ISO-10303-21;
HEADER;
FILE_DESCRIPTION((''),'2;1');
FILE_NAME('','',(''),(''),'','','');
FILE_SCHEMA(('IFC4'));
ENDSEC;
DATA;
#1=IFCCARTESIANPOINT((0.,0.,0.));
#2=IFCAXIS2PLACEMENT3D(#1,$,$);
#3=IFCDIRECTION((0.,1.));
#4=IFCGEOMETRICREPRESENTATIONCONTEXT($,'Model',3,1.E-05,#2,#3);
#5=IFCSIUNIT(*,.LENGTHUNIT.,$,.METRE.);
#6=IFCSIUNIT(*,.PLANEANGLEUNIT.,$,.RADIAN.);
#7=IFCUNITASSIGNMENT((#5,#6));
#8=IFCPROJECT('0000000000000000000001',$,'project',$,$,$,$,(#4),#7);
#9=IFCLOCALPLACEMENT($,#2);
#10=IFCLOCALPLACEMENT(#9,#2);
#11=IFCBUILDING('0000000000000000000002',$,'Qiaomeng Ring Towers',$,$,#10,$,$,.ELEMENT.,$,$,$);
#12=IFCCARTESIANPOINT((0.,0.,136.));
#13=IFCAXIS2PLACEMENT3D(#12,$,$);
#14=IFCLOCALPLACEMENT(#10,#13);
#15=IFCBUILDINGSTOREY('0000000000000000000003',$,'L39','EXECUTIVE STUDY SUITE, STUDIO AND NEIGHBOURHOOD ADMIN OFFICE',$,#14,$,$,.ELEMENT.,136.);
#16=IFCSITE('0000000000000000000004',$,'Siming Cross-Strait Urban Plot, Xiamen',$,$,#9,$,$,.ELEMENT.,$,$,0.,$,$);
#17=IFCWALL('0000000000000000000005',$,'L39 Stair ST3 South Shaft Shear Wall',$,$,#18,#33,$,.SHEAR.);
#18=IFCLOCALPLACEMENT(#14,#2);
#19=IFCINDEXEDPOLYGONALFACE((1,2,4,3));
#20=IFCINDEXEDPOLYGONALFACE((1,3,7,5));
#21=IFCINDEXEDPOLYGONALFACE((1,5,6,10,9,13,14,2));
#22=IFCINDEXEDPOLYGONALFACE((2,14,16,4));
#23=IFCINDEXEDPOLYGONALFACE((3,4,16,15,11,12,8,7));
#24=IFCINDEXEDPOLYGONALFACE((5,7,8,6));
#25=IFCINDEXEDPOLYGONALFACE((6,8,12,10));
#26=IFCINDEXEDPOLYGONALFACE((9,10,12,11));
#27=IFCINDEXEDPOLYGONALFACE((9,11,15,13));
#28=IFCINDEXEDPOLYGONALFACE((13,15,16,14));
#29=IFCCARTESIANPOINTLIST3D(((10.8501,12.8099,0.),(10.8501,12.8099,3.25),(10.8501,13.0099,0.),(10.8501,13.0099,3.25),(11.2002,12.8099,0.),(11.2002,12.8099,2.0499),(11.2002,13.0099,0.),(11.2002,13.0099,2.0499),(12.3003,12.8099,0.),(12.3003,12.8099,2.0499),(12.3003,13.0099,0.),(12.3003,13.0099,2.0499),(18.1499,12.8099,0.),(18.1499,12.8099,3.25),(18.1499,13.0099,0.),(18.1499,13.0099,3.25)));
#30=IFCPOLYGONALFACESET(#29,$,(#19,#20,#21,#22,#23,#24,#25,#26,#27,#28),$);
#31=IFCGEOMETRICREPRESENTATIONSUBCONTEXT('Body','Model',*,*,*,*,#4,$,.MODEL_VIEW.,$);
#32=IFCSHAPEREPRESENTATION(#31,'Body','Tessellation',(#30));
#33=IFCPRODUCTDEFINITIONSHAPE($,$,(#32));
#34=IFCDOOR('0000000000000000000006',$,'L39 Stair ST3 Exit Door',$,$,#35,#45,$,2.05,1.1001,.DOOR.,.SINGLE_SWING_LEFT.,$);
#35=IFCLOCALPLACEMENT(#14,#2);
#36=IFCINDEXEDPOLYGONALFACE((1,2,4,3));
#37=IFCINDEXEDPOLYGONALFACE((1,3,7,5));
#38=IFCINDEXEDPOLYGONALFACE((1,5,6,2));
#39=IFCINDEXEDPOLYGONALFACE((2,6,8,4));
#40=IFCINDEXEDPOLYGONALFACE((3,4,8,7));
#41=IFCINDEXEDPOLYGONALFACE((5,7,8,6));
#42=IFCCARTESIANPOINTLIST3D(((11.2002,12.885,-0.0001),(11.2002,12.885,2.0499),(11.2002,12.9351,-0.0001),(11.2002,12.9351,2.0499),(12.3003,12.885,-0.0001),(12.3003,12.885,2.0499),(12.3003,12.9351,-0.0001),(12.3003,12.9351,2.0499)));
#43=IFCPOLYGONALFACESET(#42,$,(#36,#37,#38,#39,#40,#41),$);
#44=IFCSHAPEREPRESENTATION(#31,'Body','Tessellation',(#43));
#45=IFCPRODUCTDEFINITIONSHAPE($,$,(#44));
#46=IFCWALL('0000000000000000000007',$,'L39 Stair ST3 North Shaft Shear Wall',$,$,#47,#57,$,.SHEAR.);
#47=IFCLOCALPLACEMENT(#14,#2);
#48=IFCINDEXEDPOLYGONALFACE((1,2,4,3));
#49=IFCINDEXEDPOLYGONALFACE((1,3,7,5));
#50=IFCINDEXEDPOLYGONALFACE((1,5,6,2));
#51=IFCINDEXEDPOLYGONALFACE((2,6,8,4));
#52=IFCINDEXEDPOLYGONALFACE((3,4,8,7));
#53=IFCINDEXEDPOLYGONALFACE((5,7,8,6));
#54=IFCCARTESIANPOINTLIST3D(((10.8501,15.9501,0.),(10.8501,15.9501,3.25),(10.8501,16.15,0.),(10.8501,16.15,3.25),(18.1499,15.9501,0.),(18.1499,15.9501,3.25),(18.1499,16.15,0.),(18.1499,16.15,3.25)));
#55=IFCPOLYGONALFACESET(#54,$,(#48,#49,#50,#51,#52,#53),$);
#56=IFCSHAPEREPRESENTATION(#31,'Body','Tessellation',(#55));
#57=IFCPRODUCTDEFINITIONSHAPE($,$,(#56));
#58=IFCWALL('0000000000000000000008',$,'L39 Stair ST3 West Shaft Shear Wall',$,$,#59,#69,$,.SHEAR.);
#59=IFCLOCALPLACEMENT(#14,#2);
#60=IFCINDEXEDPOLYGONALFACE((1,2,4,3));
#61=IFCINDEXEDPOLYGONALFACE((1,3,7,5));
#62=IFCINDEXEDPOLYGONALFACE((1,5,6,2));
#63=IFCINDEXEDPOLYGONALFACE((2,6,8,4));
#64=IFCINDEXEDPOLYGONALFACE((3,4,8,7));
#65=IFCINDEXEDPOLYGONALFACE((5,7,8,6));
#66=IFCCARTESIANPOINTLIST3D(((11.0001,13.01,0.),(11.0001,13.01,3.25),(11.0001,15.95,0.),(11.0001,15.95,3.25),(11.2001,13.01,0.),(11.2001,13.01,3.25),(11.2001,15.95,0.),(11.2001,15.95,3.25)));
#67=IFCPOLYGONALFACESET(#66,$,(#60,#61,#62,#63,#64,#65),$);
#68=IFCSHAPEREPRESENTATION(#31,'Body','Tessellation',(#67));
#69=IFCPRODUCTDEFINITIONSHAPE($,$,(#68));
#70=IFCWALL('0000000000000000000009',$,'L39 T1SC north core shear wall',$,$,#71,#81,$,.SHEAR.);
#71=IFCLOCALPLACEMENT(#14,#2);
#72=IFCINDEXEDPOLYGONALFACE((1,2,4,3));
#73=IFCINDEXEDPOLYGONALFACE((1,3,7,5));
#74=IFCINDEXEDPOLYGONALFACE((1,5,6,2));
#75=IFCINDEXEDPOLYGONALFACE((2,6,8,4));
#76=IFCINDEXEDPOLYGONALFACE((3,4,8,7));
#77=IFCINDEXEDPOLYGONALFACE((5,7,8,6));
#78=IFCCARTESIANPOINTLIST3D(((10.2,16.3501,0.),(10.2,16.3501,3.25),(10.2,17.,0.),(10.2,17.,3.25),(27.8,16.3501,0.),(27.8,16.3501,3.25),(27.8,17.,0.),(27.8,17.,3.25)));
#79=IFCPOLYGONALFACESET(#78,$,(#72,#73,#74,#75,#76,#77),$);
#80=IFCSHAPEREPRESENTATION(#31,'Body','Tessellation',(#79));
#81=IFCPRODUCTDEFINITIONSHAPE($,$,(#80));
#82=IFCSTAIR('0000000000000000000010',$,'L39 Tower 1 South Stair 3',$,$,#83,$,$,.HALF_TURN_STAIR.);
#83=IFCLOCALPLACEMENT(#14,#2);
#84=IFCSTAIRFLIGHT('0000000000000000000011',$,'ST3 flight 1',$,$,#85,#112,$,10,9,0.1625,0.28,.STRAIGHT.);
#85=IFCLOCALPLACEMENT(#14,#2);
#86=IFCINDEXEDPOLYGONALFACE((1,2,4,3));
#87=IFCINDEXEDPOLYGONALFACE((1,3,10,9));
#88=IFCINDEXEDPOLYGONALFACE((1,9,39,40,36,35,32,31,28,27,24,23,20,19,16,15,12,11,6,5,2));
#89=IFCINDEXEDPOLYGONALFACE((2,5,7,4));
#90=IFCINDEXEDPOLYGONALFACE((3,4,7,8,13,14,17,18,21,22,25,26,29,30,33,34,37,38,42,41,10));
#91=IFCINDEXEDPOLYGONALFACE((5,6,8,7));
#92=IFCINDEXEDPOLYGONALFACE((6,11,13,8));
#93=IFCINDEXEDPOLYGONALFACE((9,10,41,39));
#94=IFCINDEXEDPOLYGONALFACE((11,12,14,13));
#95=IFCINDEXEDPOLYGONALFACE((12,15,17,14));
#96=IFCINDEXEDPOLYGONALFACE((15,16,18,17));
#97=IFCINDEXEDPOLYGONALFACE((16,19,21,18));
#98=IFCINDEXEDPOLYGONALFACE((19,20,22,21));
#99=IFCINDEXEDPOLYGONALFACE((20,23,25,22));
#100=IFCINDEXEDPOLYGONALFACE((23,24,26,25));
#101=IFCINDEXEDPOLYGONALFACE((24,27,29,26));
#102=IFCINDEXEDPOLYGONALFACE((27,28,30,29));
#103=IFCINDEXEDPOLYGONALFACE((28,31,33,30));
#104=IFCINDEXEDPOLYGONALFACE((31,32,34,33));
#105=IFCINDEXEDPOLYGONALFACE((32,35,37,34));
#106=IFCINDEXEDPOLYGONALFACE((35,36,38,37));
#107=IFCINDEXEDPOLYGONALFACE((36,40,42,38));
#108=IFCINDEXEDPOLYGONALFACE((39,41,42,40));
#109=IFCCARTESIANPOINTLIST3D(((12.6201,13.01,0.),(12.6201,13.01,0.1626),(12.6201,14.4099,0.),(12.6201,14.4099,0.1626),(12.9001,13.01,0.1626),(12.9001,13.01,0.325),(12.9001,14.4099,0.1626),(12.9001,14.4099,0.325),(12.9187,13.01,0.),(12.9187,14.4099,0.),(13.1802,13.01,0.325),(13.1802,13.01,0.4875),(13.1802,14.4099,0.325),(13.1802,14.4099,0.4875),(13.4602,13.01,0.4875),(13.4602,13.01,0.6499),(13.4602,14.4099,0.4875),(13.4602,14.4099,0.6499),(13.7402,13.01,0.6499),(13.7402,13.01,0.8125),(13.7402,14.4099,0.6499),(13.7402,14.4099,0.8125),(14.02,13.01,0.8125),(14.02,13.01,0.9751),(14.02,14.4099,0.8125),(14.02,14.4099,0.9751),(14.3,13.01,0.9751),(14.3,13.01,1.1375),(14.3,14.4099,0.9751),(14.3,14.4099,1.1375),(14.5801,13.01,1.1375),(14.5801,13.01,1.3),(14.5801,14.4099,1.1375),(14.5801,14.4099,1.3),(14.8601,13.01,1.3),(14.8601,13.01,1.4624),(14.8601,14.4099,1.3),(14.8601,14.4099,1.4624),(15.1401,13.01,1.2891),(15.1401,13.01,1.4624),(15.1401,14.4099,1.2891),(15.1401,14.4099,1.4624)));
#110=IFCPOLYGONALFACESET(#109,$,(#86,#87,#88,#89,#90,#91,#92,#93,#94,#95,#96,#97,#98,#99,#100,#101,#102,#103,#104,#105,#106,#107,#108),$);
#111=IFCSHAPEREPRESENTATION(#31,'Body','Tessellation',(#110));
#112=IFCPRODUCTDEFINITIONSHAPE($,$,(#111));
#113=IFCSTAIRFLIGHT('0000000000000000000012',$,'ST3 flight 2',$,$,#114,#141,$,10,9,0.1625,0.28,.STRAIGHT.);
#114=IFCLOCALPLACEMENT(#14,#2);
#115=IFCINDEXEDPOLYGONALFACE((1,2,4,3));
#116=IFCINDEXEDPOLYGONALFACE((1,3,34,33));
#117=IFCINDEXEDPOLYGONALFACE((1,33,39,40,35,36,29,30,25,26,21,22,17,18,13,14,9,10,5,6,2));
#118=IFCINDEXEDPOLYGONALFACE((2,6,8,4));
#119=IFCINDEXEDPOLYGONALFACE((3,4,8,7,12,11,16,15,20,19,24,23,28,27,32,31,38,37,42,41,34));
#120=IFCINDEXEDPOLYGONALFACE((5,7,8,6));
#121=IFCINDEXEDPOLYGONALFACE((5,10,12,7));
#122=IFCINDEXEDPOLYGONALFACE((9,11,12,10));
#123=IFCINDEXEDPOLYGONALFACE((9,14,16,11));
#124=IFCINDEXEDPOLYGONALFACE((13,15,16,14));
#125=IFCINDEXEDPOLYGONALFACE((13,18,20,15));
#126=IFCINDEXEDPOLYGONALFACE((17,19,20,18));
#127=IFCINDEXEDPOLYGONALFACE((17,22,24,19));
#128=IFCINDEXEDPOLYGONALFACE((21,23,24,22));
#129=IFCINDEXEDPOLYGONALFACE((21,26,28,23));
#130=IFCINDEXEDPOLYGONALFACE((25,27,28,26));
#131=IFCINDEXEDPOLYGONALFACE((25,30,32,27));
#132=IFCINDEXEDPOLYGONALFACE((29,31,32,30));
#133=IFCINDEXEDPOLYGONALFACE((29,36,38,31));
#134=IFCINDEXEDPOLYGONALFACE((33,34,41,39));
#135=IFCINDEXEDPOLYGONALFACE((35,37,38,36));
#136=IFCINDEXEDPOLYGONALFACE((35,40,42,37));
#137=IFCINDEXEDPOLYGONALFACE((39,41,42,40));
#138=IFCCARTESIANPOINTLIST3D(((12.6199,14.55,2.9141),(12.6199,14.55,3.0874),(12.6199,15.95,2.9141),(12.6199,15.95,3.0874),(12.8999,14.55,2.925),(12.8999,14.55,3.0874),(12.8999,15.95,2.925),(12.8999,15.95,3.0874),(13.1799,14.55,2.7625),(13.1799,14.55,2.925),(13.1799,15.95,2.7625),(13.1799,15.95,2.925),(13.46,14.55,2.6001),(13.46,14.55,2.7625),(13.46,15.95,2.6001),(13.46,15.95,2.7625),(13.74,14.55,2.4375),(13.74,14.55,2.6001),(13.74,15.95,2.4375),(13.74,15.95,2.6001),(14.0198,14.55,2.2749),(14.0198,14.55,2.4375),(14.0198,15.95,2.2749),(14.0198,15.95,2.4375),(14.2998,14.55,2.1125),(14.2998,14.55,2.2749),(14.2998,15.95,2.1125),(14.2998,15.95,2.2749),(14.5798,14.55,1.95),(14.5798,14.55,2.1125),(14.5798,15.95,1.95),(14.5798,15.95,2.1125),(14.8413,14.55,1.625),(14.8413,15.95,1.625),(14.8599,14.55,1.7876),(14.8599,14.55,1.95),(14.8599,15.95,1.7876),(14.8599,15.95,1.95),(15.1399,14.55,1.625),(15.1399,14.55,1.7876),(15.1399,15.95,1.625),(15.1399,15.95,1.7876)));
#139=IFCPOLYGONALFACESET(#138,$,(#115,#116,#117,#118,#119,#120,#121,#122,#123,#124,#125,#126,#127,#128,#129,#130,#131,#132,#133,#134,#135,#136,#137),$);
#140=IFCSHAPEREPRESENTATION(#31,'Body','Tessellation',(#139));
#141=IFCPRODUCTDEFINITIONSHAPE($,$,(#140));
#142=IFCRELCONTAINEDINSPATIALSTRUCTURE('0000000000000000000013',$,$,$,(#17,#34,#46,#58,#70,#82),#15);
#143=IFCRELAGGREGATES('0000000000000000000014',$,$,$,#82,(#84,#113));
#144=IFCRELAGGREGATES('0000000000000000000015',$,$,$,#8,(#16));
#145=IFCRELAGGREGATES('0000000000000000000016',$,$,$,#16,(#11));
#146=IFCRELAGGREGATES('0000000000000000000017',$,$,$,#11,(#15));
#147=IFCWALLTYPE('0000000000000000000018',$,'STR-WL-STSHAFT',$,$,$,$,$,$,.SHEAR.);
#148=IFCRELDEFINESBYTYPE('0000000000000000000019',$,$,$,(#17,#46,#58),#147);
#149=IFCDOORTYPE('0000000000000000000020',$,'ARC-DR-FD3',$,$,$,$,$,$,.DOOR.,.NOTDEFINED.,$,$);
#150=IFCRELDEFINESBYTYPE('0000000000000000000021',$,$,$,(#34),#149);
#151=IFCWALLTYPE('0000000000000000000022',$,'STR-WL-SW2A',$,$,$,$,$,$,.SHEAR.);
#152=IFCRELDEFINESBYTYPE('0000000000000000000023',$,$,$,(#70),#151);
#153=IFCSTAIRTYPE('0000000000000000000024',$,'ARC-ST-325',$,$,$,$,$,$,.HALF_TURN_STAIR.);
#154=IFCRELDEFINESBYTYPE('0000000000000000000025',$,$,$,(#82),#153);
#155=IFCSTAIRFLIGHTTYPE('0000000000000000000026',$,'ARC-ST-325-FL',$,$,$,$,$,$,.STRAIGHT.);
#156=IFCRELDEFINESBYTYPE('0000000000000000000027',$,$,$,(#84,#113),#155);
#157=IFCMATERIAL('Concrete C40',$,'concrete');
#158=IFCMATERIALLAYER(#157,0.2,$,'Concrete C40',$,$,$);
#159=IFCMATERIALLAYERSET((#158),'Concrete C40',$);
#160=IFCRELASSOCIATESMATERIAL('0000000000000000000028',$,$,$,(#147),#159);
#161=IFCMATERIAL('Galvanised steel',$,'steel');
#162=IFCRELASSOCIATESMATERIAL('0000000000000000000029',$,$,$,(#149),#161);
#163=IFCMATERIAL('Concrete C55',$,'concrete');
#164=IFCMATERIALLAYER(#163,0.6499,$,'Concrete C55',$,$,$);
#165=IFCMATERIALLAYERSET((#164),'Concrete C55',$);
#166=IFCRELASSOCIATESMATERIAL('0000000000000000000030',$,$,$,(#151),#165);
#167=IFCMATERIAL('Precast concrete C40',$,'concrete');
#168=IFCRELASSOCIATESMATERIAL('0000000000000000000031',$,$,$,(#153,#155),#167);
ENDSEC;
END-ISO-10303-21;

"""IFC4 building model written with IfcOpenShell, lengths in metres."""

from ifc_helpers import new_model, si_unit, direction, frame, frame_2d, origin, place, context, subcontext, project, spatial, polyline, rectangle, outline, extrude, source, transform, mapped, material, layer, layer_set, type_object, element, fill, aggregate, save


model = new_model("IFC4")

# Units and contexts
model_context = context("Model", 3, precision=1e-05, world=origin(), true_north=direction((0.0, 1.0)))
body_context = subcontext(model_context, "Body", "Model", "MODEL_VIEW")
ifc_project = project(units=[si_unit("LENGTHUNIT", "METRE"), si_unit("PLANEANGLEUNIT", "RADIAN")], contexts=[model_context])

# Site, building, storey
site_placement = place(None, origin())
site = spatial("IfcSite", under=ifc_project, at=site_placement, Name="Siming Cross-Strait Urban Plot, Xiamen", CompositionType="ELEMENT", RefElevation=0.0)
building_placement = place(site_placement, origin())
building = spatial("IfcBuilding", under=site, at=building_placement, Name="Qiaomeng Ring Towers", CompositionType="ELEMENT")
storey_placement = place(building_placement, frame((0.0, 0.0, 136.0)))
storey = spatial("IfcBuildingStorey", under=building, at=storey_placement, Name="L39", Description="EXECUTIVE STUDY SUITE, STUDIO AND NEIGHBOURHOOD ADMIN OFFICE", CompositionType="ELEMENT", Elevation=136.0)

# Shared definitions
ifc_material_1 = material(Name="Concrete C55", Category="concrete")

# Shared definitions
ifc_material_2 = material(Name="Concrete C40", Category="concrete")
ifc_layer_1 = layer(ifc_material_2, 0.2, Name="Concrete C40")
ifc_layer_set_1 = layer_set([ifc_layer_1], Name="Concrete C40")
wall_type_1 = type_object("IfcWallType", Name="STR-WL-STSHAFT", PredefinedType="SHEAR", material=ifc_layer_set_1)

# Wall, opening, door
wall_1_placement = place(storey_placement, frame((10.8501, 12.9099, 0.0), z_axis=(0.0, 0.0, 1.0), x_axis=(1.0, 0.0, 0.0)))
wall_1 = element("IfcWall", 1, at=wall_1_placement, inside=storey, type_object=wall_type_1, Name="L39 Stair ST3 South Shaft Shear Wall", PredefinedType="SHEAR", context=body_context, shape_type="SweptSolid", body=[
    extrude(rectangle(XDim=7.2998, YDim=0.2, at=frame_2d((3.6499, 0.0))), origin(), (0.0, 0.0, 1.0), 3.25),
])
opening_1_placement = place(wall_1_placement, frame((0.3501, 0.0, 0.0)))
opening_1 = element("IfcOpeningElement", 2, at=opening_1_placement, cuts=wall_1, PredefinedType="OPENING", context=body_context, shape_type="SweptSolid", body=[
    extrude(rectangle(XDim=1.1001, YDim=2.05, at=frame_2d((0.55, 1.0249))), frame((0.0, 0.1099, 0.0), z_axis=(0.0, -1.0, 0.0), x_axis=(1.0, 0.0, 0.0)), (0.0, 0.0, 1.0), 0.22),
])
ifc_material_3 = material(Name="Galvanised steel", Category="steel")
door_type_1 = type_object("IfcDoorType", Name="ARC-DR-FD3", OperationType="NOTDEFINED", PredefinedType="DOOR", material=ifc_material_3)
shared_shape_1 = source(origin(), body_context, "Body", "SweptSolid", [
    extrude(rectangle(XDim=1.1001, YDim=2.05, at=frame_2d((0.55, 1.0249))), frame((0.0, 0.0249, 0.0), z_axis=(0.0, -1.0, 0.0), x_axis=(1.0, 0.0, 0.0)), (0.0, 0.0, 1.0), 0.05),
])
door_1_placement = place(opening_1_placement, frame((1.1001, 0.0, 0.0), z_axis=(0.0, 0.0, 1.0), x_axis=(-1.0, 0.0, 0.0)))
door_1 = element("IfcDoor", 3, at=door_1_placement, inside=storey, type_object=door_type_1, Name="L39 Stair ST3 Exit Door", OperationType="SINGLE_SWING_LEFT", OverallHeight=2.05, OverallWidth=1.1001, PredefinedType="DOOR", context=body_context, shape_type="MappedRepresentation", body=[
    mapped(shared_shape_1, transform((0.0, 0.0, 0.0), x_axis=(1.0, 0.0, 0.0), y_axis=(0.0, 1.0, 0.0), z_axis=(0.0, 0.0, 1.0), scale=1.0)),
])
fill(opening_1, door_1)

# Walls
wall_2_placement = place(storey_placement, frame((10.8501, 16.05, 0.0), z_axis=(0.0, 0.0, 1.0), x_axis=(1.0, 0.0, 0.0)))
element("IfcWall", 4, at=wall_2_placement, inside=storey, type_object=wall_type_1, Name="L39 Stair ST3 North Shaft Shear Wall", PredefinedType="SHEAR", context=body_context, shape_type="SweptSolid", body=[
    extrude(rectangle(XDim=7.2998, YDim=0.2, at=frame_2d((3.6499, 0.0))), origin(), (0.0, 0.0, 1.0), 3.25),
])
wall_3_placement = place(storey_placement, frame((11.1001, 13.01, 0.0), z_axis=(0.0, 0.0, 1.0), x_axis=(0.0, 1.0, 0.0)))
element("IfcWall", 5, at=wall_3_placement, inside=storey, type_object=wall_type_1, Name="L39 Stair ST3 West Shaft Shear Wall", PredefinedType="SHEAR", context=body_context, shape_type="SweptSolid", body=[
    extrude(rectangle(XDim=2.9399, YDim=0.2, at=frame_2d((1.47, 0.0))), origin(), (0.0, 0.0, 1.0), 3.25),
])
ifc_layer_2 = layer(ifc_material_1, 0.6499, Name="Concrete C55")
ifc_layer_set_2 = layer_set([ifc_layer_2], Name="Concrete C55")
wall_type_2 = type_object("IfcWallType", Name="STR-WL-SW2A", PredefinedType="SHEAR", material=ifc_layer_set_2)
wall_4_placement = place(storey_placement, frame((10.2, 16.675, 0.0), z_axis=(0.0, 0.0, 1.0), x_axis=(1.0, 0.0, 0.0)))
element("IfcWall", 6, at=wall_4_placement, inside=storey, type_object=wall_type_2, Name="L39 T1SC north core shear wall", PredefinedType="SHEAR", context=body_context, shape_type="SweptSolid", body=[
    extrude(rectangle(XDim=17.6001, YDim=0.6499, at=frame_2d((8.8, 0.0))), origin(), (0.0, 0.0, 1.0), 3.25),
])

# Stair, stair flights
ifc_material_4 = material(Name="Precast concrete C40", Category="concrete")
stair_type = type_object("IfcStairType", Name="ARC-ST-325", PredefinedType="HALF_TURN_STAIR", material=ifc_material_4)
stair_placement = place(storey_placement, origin())
stair = element("IfcStair", 7, at=stair_placement, inside=storey, type_object=stair_type, Name="L39 Tower 1 South Stair 3", PredefinedType="HALF_TURN_STAIR")
stair_flight_type = type_object("IfcStairFlightType", Name="ARC-ST-325-FL", PredefinedType="STRAIGHT", material=ifc_material_4)
shared_shape_2 = source(origin(), body_context, "Body", "SweptSolid", [
    extrude(outline(polyline([(0.0, 0.0), (0.0, 0.1626), (0.28, 0.1626), (0.28, 0.325), (0.5601, 0.325), (0.5601, 0.4875), (0.8401, 0.4875), (0.8401, 0.6499), (1.1201, 0.6499), (1.1201, 0.8125), (1.3999, 0.8125), (1.3999, 0.9751), (1.6799, 0.9751), (1.6799, 1.1375), (1.96, 1.1375), (1.96, 1.3), (2.24, 1.3), (2.24, 1.4624), (2.52, 1.4624), (2.52, 1.625), (2.52, 1.2891), (0.2986, 0.0), (0.0, 0.0)])), frame((0.0, 0.7, 0.0), z_axis=(0.0, -1.0, 0.0), x_axis=(1.0, 0.0, 0.0)), (0.0, 0.0, 1.0), 1.3999),
])
stair_flight_1_placement = place(storey_placement, frame((12.6201, 13.71, 0.0), z_axis=(0.0, 0.0, 1.0), x_axis=(1.0, 0.0, 0.0)))
stair_flight_1 = element("IfcStairFlight", 8, at=stair_flight_1_placement, type_object=stair_flight_type, Name="ST3 flight 1", NumberOfRisers=10, NumberOfTreads=9, PredefinedType="STRAIGHT", RiserHeight=0.1625, TreadLength=0.28, context=body_context, shape_type="MappedRepresentation", body=[
    mapped(shared_shape_2, transform((0.0, 0.0, 0.0), x_axis=(1.0, 0.0, 0.0), y_axis=(0.0, 1.0, 0.0), z_axis=(0.0, 0.0, 1.0), scale=1.0)),
])
stair_flight_2_placement = place(storey_placement, frame((15.1399, 15.25, 1.625), z_axis=(0.0, 0.0, 1.0), x_axis=(-1.0, 0.0, 0.0)))
stair_flight_2 = element("IfcStairFlight", 9, at=stair_flight_2_placement, type_object=stair_flight_type, Name="ST3 flight 2", NumberOfRisers=10, NumberOfTreads=9, PredefinedType="STRAIGHT", RiserHeight=0.1625, TreadLength=0.28, context=body_context, shape_type="MappedRepresentation", body=[
    mapped(shared_shape_2, transform((0.0, 0.0, 0.0), x_axis=(1.0, 0.0, 0.0), y_axis=(0.0, 1.0, 0.0), z_axis=(0.0, 0.0, 1.0), scale=1.0)),
])
aggregate(stair, [stair_flight_1, stair_flight_2])

save(model, "model.ifc")
